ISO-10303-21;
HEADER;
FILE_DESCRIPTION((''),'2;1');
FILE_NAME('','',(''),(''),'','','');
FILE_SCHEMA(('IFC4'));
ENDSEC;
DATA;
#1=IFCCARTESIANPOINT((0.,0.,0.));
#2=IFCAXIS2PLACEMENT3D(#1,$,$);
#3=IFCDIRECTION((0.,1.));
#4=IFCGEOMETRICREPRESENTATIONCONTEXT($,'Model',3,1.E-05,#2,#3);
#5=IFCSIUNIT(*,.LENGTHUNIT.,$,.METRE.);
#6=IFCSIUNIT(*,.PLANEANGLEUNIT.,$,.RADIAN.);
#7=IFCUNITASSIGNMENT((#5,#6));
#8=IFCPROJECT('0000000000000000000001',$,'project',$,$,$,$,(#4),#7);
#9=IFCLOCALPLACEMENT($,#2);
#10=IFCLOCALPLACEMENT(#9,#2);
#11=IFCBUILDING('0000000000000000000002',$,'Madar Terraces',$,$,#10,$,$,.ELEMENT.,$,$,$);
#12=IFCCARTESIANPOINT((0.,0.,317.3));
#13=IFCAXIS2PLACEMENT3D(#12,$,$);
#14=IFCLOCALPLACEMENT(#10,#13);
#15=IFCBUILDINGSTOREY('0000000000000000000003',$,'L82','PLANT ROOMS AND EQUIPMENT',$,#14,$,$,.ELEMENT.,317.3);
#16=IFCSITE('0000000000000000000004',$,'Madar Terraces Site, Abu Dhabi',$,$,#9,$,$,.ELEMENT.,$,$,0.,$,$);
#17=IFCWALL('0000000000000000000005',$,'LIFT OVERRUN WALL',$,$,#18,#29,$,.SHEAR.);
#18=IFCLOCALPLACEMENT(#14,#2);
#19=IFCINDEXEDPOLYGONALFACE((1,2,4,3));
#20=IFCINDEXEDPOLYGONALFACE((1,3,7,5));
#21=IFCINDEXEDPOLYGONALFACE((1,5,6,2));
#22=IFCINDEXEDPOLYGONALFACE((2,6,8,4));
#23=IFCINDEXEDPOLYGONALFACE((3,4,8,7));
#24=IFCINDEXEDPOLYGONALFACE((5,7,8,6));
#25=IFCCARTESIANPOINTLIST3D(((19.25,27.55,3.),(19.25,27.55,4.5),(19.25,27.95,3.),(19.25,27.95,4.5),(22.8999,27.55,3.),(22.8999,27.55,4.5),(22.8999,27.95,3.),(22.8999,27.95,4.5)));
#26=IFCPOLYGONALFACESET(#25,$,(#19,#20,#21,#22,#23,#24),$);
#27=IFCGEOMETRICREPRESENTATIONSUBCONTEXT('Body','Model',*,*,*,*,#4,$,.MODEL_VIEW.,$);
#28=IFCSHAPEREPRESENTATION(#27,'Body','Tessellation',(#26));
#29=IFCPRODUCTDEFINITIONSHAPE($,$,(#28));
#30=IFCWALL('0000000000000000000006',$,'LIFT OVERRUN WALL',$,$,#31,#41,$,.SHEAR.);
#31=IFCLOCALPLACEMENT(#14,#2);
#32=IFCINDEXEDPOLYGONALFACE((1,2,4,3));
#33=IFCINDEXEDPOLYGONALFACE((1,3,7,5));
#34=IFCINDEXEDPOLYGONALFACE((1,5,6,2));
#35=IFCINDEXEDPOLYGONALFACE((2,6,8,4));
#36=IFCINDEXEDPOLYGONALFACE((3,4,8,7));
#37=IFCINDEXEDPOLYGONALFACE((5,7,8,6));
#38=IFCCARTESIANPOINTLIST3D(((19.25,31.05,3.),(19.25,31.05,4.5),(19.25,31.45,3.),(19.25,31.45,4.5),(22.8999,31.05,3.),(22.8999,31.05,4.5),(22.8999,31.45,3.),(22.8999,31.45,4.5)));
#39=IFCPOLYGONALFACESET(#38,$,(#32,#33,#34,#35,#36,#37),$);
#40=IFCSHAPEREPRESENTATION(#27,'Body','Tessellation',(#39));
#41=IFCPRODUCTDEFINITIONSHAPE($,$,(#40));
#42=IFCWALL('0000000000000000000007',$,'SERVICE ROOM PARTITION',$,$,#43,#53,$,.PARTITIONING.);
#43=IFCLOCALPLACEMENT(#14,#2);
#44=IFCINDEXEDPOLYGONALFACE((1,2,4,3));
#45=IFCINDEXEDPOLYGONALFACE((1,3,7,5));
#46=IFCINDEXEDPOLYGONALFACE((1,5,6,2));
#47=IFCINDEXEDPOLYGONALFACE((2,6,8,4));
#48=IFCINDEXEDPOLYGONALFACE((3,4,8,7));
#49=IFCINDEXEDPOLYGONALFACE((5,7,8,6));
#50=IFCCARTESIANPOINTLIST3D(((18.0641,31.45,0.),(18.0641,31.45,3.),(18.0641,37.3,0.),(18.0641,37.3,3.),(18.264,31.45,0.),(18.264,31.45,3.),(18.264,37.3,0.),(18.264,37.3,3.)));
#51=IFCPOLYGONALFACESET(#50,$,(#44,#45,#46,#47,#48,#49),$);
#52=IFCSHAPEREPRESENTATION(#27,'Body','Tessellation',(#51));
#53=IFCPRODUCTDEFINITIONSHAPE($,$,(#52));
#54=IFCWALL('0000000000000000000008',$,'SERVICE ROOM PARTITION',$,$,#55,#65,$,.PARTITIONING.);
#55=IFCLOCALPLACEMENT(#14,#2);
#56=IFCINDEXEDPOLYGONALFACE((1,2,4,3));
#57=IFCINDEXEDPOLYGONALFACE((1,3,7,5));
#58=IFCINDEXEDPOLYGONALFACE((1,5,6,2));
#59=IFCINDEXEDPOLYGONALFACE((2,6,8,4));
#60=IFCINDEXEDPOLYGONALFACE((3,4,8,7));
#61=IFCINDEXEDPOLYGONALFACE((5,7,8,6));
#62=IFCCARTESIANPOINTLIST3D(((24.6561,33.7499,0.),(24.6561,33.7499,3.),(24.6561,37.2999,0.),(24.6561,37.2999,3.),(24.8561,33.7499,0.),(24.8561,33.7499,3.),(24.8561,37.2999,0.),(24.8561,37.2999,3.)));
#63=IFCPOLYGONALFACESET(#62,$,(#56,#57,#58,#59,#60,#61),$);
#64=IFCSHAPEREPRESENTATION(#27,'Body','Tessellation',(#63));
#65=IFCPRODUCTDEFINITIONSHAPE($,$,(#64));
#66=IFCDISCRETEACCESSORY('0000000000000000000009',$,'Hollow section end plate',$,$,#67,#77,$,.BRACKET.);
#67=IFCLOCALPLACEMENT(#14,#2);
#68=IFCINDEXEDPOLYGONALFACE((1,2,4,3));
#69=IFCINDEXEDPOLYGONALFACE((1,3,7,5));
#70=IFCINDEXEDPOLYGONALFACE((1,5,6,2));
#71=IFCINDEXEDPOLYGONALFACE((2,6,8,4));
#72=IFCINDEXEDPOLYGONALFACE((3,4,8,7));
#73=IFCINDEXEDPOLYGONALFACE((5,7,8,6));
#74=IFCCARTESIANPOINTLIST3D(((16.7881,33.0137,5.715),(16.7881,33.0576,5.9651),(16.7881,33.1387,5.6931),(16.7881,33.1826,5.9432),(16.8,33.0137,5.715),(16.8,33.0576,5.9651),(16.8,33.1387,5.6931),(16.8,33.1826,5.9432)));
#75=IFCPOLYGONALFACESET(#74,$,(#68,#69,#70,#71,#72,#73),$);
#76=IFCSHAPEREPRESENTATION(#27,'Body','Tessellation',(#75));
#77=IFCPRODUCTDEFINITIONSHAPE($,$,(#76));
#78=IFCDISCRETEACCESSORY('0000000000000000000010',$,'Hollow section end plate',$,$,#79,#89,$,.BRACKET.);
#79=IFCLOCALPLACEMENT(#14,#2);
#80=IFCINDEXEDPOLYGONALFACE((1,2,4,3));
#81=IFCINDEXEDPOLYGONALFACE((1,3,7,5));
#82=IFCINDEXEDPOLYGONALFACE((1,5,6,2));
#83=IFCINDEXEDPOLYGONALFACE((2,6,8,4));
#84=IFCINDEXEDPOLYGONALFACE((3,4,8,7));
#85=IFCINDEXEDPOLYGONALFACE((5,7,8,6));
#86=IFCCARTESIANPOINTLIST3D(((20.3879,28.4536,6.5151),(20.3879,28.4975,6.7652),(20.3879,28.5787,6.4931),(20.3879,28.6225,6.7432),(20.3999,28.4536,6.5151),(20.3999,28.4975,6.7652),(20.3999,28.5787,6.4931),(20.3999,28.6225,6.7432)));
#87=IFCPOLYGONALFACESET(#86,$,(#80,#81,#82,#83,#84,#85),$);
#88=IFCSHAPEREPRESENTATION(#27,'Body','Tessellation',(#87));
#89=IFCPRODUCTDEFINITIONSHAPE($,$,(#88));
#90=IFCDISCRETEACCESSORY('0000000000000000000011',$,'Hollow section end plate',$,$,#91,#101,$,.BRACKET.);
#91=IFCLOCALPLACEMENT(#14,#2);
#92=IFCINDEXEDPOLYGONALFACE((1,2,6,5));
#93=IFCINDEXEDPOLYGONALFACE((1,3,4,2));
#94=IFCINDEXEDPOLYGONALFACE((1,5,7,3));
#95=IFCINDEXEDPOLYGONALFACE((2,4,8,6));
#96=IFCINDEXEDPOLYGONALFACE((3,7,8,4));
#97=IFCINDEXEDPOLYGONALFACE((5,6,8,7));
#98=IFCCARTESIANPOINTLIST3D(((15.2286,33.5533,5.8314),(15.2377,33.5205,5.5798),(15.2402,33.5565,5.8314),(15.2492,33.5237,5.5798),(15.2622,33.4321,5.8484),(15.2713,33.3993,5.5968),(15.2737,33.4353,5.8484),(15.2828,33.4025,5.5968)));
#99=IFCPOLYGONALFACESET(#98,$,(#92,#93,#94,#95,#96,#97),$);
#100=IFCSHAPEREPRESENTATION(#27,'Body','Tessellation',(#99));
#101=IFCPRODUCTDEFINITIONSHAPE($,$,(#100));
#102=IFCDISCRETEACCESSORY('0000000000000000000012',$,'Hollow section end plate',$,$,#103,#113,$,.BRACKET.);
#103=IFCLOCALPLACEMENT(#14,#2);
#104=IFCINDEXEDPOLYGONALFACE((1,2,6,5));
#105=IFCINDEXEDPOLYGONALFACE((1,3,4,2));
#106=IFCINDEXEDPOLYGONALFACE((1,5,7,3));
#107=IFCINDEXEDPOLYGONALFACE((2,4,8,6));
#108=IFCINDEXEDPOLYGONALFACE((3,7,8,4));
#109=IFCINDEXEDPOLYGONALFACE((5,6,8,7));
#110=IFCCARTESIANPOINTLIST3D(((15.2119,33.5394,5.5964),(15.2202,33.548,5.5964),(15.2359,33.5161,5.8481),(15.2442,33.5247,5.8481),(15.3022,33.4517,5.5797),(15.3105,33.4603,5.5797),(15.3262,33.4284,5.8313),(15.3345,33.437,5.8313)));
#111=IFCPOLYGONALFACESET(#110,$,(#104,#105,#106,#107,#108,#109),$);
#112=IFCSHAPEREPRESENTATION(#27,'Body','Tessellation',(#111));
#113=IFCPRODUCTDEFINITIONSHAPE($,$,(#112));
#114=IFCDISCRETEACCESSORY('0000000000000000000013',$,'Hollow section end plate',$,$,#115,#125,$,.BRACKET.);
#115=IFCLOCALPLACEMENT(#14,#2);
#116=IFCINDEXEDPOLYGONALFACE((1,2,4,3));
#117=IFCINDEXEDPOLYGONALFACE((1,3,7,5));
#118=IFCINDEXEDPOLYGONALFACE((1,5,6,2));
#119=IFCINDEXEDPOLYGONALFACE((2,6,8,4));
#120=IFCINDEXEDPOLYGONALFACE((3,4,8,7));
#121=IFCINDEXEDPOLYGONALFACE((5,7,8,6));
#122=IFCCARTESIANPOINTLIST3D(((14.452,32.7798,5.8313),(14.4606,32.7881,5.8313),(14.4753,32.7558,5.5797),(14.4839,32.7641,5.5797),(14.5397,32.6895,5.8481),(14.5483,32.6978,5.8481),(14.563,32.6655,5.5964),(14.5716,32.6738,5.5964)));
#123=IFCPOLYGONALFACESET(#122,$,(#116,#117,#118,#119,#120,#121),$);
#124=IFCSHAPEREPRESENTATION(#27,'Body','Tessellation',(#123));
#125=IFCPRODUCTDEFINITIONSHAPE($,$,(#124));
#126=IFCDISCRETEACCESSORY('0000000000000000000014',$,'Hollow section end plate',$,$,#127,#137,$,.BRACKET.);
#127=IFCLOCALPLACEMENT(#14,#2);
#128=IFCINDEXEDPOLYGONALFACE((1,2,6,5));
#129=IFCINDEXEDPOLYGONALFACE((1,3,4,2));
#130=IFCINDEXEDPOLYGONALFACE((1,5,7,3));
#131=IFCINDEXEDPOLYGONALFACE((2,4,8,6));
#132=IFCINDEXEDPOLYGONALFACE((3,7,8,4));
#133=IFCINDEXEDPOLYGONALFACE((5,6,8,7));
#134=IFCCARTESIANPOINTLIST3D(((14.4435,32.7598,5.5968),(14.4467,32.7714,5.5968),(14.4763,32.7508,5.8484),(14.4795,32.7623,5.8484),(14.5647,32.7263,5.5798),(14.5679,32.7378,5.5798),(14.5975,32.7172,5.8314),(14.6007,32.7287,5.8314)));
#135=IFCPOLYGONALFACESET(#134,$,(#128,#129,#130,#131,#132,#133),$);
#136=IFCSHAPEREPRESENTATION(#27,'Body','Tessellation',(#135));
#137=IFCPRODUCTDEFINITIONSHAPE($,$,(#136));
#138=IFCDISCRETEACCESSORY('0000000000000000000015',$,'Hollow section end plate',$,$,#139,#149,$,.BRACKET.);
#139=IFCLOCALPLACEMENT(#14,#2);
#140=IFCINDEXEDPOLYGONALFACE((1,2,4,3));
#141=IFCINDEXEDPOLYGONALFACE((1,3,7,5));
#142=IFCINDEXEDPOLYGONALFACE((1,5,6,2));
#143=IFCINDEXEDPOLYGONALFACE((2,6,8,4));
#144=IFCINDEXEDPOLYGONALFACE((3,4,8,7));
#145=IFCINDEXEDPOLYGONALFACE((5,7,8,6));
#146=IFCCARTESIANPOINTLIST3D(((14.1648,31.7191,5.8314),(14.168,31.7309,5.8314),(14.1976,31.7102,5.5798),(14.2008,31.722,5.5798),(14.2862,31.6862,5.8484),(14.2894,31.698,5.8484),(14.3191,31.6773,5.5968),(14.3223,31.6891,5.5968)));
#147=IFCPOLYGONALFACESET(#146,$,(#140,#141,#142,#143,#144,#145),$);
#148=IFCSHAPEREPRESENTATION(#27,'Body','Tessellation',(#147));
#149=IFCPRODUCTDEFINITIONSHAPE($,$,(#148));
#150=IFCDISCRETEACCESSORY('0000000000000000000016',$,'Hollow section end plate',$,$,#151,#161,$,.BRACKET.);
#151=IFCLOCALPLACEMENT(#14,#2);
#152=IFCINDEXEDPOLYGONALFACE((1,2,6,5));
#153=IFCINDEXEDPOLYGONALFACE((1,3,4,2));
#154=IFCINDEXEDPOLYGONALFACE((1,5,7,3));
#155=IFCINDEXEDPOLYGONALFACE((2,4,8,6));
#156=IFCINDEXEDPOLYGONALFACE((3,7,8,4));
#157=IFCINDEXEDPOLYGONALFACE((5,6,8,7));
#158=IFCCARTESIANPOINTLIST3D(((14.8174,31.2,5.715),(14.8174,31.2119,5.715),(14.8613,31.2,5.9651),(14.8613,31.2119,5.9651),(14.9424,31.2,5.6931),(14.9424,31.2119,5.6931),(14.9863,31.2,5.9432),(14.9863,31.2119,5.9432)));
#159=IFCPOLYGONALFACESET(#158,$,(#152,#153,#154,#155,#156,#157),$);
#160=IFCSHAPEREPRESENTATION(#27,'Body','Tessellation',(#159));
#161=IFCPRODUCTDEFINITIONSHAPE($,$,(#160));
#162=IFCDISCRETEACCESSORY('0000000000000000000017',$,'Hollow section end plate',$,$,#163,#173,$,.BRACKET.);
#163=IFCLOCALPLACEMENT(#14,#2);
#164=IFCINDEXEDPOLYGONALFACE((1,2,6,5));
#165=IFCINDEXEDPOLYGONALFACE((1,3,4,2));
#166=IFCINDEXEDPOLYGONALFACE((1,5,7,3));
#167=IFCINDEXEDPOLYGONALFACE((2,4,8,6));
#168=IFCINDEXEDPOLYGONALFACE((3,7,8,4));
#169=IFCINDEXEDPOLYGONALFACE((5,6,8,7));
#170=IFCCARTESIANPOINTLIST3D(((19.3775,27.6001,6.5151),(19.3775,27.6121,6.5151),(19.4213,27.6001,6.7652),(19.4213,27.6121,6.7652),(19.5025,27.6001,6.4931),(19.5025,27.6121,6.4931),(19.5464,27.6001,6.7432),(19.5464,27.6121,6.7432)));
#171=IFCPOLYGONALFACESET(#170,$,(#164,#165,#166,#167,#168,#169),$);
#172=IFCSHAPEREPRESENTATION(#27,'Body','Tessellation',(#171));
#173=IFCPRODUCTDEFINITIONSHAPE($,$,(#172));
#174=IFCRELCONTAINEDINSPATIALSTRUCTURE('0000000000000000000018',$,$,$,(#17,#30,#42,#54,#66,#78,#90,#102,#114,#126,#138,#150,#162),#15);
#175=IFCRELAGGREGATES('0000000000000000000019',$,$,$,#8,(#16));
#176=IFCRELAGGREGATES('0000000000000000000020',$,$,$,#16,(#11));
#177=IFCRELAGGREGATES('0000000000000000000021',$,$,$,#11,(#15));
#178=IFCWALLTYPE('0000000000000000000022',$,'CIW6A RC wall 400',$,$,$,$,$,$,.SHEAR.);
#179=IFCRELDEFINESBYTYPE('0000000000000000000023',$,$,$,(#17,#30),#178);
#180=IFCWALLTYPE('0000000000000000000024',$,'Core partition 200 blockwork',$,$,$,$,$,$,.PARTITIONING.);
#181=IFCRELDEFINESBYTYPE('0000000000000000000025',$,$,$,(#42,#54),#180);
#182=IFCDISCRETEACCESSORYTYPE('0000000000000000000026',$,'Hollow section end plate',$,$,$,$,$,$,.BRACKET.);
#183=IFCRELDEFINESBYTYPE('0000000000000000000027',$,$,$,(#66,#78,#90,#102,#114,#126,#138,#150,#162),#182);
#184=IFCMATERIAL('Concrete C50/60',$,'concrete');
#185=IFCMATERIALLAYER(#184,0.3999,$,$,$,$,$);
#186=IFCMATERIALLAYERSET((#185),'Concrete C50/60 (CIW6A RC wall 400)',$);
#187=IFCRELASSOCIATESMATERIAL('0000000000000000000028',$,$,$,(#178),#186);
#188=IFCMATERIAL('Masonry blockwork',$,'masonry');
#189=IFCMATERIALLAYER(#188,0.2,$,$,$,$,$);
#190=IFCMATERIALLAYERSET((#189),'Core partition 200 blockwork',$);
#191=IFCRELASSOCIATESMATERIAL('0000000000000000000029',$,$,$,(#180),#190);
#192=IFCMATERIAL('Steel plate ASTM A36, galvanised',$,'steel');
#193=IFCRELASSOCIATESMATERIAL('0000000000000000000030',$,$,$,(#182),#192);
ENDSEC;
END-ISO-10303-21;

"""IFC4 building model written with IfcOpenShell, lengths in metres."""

from ifc_helpers import new_model, si_unit, direction, frame, frame_2d, origin, origin_2d, place, context, subcontext, project, spatial, rectangle, extrude, material, layer, layer_set, type_object, element, save


model = new_model("IFC4")

# Units and contexts
model_context = context("Model", 3, precision=1e-05, world=origin(), true_north=direction((0.0, 1.0)))
body_context = subcontext(model_context, "Body", "Model", "MODEL_VIEW")
ifc_project = project(units=[si_unit("LENGTHUNIT", "METRE"), si_unit("PLANEANGLEUNIT", "RADIAN")], contexts=[model_context])

# Site, building, storey
site_placement = place(None, origin())
site = spatial("IfcSite", under=ifc_project, at=site_placement, Name="Madar Terraces Site, Abu Dhabi", CompositionType="ELEMENT", RefElevation=0.0)
building_placement = place(site_placement, origin())
building = spatial("IfcBuilding", under=site, at=building_placement, Name="Madar Terraces", CompositionType="ELEMENT")
storey_placement = place(building_placement, frame((0.0, 0.0, 317.3)))
storey = spatial("IfcBuildingStorey", under=building, at=storey_placement, Name="L82", Description="PLANT ROOMS AND EQUIPMENT", CompositionType="ELEMENT", Elevation=317.3)

# Walls
ifc_material_1 = material(Name="Concrete C50/60", Category="concrete")
ifc_layer_1 = layer(ifc_material_1, 0.3999)
ifc_layer_set_1 = layer_set([ifc_layer_1], Name="Concrete C50/60 (CIW6A RC wall 400)")
wall_type_1 = type_object("IfcWallType", Name="CIW6A RC wall 400", PredefinedType="SHEAR", material=ifc_layer_set_1)
for number, where, z_axis, x_axis, name in (
    (1, (19.25, 27.75, 3.0), (0.0, 0.0, 1.0), (1.0, 0.0, 0.0), "LIFT OVERRUN WALL"),
    (2, (19.25, 31.25, 3.0), (0.0, 0.0, 1.0), (1.0, 0.0, 0.0), "LIFT OVERRUN WALL"),
):
    element("IfcWall", number, at=place(storey_placement, frame(where, z_axis=z_axis, x_axis=x_axis)), inside=storey, type_object=wall_type_1, Name=name, PredefinedType="SHEAR", context=body_context, shape_type="SweptSolid", body=[
        extrude(rectangle(XDim=3.6499, YDim=0.3999, at=frame_2d((1.825, 0.0))), origin(), (0.0, 0.0, 1.0), 1.5),
    ])
ifc_material_2 = material(Name="Masonry blockwork", Category="masonry")
ifc_layer_2 = layer(ifc_material_2, 0.2)
ifc_layer_set_2 = layer_set([ifc_layer_2], Name="Core partition 200 blockwork")
wall_type_2 = type_object("IfcWallType", Name="Core partition 200 blockwork", PredefinedType="PARTITIONING", material=ifc_layer_set_2)
wall_1_placement = place(storey_placement, frame((18.1641, 31.45, 0.0), z_axis=(0.0, 0.0, 1.0), x_axis=(0.0, 1.0, 0.0)))
element("IfcWall", 3, at=wall_1_placement, inside=storey, type_object=wall_type_2, Name="SERVICE ROOM PARTITION", PredefinedType="PARTITIONING", context=body_context, shape_type="SweptSolid", body=[
    extrude(rectangle(XDim=5.8501, YDim=0.2, at=frame_2d((2.925, 0.0))), origin(), (0.0, 0.0, 1.0), 3.0),
])
wall_2_placement = place(storey_placement, frame((24.7561, 33.75, 0.0), z_axis=(0.0, 0.0, 1.0), x_axis=(0.0, 1.0, 0.0)))
element("IfcWall", 4, at=wall_2_placement, inside=storey, type_object=wall_type_2, Name="SERVICE ROOM PARTITION", PredefinedType="PARTITIONING", context=body_context, shape_type="SweptSolid", body=[
    extrude(rectangle(XDim=3.55, YDim=0.2, at=frame_2d((1.7749, 0.0))), origin(), (0.0, 0.0, 1.0), 3.0),
])

# Discrete accessories
ifc_material_3 = material(Name="Steel plate ASTM A36, galvanised", Category="steel")
discrete_accessory_type = type_object("IfcDiscreteAccessoryType", Name="Hollow section end plate", PredefinedType="BRACKET", material=ifc_material_3)
for number, where, z_axis, x_axis, name in (
    (5, (16.8, 33.0981, 5.8291), (-1.0, 0.0, 0.0), (0.0, -0.984957, 0.172799), "Hollow section end plate"),
    (6, (20.3999, 28.5381, 6.6292), (-1.0, 0.0, 0.0), (0.0, -0.984957, 0.172799), "Hollow section end plate"),
    (7, (15.2615, 33.4795, 5.7141), (-0.963811, -0.266586, 0.0), (0.264179, -0.955108, 0.134086), "Hollow section end plate"),
    (8, (15.269, 33.4839, 5.7139), (0.696786, 0.717279, 0.0), (-0.711025, 0.69071, 0.131765), "Hollow section end plate"),
    (9, (14.5161, 32.731, 5.7139), (-0.717279, -0.696786, 0.0), (0.69071, -0.711025, 0.131765), "Hollow section end plate"),
    (10, (14.5205, 32.7385, 5.7141), (0.266586, 0.963811, 0.0), (-0.955108, 0.264179, 0.134086), "Hollow section end plate"),
):
    element("IfcDiscreteAccessory", number, at=place(storey_placement, frame(where, z_axis=z_axis, x_axis=x_axis)), inside=storey, type_object=discrete_accessory_type, Name=name, PredefinedType="BRACKET", context=body_context, shape_type="SweptSolid", body=[
        extrude(rectangle(XDim=0.127, YDim=0.2539, at=origin_2d()), origin(), (0.0, 0.0, 1.0), 0.012),
    ])
discrete_accessory_placement = place(storey_placement, frame((14.2451, 31.71, 5.7141), z_axis=(-0.261415, -0.965226, 0.0), x_axis=(0.95651, -0.259055, 0.134086)))
element("IfcDiscreteAccessory", 11, at=discrete_accessory_placement, inside=storey, type_object=discrete_accessory_type, Name="Hollow section end plate", PredefinedType="BRACKET", context=body_context, shape_type="SweptSolid", body=[
    extrude(rectangle(XDim=0.127, YDim=0.2539, at=origin_2d()), origin(), (0.0, 0.0, 1.0), 0.0122),
])
for number, where, z_axis, x_axis, name in (
    (12, (14.9019, 31.2, 5.8291), (0.0, 1.0, 0.0), (-0.984957, 0.0, 0.172799), "Hollow section end plate"),
    (13, (19.4619, 27.6001, 6.6292), (0.0, 1.0, 0.0), (-0.984957, 0.0, 0.172799), "Hollow section end plate"),
):
    element("IfcDiscreteAccessory", number, at=place(storey_placement, frame(where, z_axis=z_axis, x_axis=x_axis)), inside=storey, type_object=discrete_accessory_type, Name=name, PredefinedType="BRACKET", context=body_context, shape_type="SweptSolid", body=[
        extrude(rectangle(XDim=0.127, YDim=0.2539, at=origin_2d()), origin(), (0.0, 0.0, 1.0), 0.012),
    ])

save(model, "model.ifc")
